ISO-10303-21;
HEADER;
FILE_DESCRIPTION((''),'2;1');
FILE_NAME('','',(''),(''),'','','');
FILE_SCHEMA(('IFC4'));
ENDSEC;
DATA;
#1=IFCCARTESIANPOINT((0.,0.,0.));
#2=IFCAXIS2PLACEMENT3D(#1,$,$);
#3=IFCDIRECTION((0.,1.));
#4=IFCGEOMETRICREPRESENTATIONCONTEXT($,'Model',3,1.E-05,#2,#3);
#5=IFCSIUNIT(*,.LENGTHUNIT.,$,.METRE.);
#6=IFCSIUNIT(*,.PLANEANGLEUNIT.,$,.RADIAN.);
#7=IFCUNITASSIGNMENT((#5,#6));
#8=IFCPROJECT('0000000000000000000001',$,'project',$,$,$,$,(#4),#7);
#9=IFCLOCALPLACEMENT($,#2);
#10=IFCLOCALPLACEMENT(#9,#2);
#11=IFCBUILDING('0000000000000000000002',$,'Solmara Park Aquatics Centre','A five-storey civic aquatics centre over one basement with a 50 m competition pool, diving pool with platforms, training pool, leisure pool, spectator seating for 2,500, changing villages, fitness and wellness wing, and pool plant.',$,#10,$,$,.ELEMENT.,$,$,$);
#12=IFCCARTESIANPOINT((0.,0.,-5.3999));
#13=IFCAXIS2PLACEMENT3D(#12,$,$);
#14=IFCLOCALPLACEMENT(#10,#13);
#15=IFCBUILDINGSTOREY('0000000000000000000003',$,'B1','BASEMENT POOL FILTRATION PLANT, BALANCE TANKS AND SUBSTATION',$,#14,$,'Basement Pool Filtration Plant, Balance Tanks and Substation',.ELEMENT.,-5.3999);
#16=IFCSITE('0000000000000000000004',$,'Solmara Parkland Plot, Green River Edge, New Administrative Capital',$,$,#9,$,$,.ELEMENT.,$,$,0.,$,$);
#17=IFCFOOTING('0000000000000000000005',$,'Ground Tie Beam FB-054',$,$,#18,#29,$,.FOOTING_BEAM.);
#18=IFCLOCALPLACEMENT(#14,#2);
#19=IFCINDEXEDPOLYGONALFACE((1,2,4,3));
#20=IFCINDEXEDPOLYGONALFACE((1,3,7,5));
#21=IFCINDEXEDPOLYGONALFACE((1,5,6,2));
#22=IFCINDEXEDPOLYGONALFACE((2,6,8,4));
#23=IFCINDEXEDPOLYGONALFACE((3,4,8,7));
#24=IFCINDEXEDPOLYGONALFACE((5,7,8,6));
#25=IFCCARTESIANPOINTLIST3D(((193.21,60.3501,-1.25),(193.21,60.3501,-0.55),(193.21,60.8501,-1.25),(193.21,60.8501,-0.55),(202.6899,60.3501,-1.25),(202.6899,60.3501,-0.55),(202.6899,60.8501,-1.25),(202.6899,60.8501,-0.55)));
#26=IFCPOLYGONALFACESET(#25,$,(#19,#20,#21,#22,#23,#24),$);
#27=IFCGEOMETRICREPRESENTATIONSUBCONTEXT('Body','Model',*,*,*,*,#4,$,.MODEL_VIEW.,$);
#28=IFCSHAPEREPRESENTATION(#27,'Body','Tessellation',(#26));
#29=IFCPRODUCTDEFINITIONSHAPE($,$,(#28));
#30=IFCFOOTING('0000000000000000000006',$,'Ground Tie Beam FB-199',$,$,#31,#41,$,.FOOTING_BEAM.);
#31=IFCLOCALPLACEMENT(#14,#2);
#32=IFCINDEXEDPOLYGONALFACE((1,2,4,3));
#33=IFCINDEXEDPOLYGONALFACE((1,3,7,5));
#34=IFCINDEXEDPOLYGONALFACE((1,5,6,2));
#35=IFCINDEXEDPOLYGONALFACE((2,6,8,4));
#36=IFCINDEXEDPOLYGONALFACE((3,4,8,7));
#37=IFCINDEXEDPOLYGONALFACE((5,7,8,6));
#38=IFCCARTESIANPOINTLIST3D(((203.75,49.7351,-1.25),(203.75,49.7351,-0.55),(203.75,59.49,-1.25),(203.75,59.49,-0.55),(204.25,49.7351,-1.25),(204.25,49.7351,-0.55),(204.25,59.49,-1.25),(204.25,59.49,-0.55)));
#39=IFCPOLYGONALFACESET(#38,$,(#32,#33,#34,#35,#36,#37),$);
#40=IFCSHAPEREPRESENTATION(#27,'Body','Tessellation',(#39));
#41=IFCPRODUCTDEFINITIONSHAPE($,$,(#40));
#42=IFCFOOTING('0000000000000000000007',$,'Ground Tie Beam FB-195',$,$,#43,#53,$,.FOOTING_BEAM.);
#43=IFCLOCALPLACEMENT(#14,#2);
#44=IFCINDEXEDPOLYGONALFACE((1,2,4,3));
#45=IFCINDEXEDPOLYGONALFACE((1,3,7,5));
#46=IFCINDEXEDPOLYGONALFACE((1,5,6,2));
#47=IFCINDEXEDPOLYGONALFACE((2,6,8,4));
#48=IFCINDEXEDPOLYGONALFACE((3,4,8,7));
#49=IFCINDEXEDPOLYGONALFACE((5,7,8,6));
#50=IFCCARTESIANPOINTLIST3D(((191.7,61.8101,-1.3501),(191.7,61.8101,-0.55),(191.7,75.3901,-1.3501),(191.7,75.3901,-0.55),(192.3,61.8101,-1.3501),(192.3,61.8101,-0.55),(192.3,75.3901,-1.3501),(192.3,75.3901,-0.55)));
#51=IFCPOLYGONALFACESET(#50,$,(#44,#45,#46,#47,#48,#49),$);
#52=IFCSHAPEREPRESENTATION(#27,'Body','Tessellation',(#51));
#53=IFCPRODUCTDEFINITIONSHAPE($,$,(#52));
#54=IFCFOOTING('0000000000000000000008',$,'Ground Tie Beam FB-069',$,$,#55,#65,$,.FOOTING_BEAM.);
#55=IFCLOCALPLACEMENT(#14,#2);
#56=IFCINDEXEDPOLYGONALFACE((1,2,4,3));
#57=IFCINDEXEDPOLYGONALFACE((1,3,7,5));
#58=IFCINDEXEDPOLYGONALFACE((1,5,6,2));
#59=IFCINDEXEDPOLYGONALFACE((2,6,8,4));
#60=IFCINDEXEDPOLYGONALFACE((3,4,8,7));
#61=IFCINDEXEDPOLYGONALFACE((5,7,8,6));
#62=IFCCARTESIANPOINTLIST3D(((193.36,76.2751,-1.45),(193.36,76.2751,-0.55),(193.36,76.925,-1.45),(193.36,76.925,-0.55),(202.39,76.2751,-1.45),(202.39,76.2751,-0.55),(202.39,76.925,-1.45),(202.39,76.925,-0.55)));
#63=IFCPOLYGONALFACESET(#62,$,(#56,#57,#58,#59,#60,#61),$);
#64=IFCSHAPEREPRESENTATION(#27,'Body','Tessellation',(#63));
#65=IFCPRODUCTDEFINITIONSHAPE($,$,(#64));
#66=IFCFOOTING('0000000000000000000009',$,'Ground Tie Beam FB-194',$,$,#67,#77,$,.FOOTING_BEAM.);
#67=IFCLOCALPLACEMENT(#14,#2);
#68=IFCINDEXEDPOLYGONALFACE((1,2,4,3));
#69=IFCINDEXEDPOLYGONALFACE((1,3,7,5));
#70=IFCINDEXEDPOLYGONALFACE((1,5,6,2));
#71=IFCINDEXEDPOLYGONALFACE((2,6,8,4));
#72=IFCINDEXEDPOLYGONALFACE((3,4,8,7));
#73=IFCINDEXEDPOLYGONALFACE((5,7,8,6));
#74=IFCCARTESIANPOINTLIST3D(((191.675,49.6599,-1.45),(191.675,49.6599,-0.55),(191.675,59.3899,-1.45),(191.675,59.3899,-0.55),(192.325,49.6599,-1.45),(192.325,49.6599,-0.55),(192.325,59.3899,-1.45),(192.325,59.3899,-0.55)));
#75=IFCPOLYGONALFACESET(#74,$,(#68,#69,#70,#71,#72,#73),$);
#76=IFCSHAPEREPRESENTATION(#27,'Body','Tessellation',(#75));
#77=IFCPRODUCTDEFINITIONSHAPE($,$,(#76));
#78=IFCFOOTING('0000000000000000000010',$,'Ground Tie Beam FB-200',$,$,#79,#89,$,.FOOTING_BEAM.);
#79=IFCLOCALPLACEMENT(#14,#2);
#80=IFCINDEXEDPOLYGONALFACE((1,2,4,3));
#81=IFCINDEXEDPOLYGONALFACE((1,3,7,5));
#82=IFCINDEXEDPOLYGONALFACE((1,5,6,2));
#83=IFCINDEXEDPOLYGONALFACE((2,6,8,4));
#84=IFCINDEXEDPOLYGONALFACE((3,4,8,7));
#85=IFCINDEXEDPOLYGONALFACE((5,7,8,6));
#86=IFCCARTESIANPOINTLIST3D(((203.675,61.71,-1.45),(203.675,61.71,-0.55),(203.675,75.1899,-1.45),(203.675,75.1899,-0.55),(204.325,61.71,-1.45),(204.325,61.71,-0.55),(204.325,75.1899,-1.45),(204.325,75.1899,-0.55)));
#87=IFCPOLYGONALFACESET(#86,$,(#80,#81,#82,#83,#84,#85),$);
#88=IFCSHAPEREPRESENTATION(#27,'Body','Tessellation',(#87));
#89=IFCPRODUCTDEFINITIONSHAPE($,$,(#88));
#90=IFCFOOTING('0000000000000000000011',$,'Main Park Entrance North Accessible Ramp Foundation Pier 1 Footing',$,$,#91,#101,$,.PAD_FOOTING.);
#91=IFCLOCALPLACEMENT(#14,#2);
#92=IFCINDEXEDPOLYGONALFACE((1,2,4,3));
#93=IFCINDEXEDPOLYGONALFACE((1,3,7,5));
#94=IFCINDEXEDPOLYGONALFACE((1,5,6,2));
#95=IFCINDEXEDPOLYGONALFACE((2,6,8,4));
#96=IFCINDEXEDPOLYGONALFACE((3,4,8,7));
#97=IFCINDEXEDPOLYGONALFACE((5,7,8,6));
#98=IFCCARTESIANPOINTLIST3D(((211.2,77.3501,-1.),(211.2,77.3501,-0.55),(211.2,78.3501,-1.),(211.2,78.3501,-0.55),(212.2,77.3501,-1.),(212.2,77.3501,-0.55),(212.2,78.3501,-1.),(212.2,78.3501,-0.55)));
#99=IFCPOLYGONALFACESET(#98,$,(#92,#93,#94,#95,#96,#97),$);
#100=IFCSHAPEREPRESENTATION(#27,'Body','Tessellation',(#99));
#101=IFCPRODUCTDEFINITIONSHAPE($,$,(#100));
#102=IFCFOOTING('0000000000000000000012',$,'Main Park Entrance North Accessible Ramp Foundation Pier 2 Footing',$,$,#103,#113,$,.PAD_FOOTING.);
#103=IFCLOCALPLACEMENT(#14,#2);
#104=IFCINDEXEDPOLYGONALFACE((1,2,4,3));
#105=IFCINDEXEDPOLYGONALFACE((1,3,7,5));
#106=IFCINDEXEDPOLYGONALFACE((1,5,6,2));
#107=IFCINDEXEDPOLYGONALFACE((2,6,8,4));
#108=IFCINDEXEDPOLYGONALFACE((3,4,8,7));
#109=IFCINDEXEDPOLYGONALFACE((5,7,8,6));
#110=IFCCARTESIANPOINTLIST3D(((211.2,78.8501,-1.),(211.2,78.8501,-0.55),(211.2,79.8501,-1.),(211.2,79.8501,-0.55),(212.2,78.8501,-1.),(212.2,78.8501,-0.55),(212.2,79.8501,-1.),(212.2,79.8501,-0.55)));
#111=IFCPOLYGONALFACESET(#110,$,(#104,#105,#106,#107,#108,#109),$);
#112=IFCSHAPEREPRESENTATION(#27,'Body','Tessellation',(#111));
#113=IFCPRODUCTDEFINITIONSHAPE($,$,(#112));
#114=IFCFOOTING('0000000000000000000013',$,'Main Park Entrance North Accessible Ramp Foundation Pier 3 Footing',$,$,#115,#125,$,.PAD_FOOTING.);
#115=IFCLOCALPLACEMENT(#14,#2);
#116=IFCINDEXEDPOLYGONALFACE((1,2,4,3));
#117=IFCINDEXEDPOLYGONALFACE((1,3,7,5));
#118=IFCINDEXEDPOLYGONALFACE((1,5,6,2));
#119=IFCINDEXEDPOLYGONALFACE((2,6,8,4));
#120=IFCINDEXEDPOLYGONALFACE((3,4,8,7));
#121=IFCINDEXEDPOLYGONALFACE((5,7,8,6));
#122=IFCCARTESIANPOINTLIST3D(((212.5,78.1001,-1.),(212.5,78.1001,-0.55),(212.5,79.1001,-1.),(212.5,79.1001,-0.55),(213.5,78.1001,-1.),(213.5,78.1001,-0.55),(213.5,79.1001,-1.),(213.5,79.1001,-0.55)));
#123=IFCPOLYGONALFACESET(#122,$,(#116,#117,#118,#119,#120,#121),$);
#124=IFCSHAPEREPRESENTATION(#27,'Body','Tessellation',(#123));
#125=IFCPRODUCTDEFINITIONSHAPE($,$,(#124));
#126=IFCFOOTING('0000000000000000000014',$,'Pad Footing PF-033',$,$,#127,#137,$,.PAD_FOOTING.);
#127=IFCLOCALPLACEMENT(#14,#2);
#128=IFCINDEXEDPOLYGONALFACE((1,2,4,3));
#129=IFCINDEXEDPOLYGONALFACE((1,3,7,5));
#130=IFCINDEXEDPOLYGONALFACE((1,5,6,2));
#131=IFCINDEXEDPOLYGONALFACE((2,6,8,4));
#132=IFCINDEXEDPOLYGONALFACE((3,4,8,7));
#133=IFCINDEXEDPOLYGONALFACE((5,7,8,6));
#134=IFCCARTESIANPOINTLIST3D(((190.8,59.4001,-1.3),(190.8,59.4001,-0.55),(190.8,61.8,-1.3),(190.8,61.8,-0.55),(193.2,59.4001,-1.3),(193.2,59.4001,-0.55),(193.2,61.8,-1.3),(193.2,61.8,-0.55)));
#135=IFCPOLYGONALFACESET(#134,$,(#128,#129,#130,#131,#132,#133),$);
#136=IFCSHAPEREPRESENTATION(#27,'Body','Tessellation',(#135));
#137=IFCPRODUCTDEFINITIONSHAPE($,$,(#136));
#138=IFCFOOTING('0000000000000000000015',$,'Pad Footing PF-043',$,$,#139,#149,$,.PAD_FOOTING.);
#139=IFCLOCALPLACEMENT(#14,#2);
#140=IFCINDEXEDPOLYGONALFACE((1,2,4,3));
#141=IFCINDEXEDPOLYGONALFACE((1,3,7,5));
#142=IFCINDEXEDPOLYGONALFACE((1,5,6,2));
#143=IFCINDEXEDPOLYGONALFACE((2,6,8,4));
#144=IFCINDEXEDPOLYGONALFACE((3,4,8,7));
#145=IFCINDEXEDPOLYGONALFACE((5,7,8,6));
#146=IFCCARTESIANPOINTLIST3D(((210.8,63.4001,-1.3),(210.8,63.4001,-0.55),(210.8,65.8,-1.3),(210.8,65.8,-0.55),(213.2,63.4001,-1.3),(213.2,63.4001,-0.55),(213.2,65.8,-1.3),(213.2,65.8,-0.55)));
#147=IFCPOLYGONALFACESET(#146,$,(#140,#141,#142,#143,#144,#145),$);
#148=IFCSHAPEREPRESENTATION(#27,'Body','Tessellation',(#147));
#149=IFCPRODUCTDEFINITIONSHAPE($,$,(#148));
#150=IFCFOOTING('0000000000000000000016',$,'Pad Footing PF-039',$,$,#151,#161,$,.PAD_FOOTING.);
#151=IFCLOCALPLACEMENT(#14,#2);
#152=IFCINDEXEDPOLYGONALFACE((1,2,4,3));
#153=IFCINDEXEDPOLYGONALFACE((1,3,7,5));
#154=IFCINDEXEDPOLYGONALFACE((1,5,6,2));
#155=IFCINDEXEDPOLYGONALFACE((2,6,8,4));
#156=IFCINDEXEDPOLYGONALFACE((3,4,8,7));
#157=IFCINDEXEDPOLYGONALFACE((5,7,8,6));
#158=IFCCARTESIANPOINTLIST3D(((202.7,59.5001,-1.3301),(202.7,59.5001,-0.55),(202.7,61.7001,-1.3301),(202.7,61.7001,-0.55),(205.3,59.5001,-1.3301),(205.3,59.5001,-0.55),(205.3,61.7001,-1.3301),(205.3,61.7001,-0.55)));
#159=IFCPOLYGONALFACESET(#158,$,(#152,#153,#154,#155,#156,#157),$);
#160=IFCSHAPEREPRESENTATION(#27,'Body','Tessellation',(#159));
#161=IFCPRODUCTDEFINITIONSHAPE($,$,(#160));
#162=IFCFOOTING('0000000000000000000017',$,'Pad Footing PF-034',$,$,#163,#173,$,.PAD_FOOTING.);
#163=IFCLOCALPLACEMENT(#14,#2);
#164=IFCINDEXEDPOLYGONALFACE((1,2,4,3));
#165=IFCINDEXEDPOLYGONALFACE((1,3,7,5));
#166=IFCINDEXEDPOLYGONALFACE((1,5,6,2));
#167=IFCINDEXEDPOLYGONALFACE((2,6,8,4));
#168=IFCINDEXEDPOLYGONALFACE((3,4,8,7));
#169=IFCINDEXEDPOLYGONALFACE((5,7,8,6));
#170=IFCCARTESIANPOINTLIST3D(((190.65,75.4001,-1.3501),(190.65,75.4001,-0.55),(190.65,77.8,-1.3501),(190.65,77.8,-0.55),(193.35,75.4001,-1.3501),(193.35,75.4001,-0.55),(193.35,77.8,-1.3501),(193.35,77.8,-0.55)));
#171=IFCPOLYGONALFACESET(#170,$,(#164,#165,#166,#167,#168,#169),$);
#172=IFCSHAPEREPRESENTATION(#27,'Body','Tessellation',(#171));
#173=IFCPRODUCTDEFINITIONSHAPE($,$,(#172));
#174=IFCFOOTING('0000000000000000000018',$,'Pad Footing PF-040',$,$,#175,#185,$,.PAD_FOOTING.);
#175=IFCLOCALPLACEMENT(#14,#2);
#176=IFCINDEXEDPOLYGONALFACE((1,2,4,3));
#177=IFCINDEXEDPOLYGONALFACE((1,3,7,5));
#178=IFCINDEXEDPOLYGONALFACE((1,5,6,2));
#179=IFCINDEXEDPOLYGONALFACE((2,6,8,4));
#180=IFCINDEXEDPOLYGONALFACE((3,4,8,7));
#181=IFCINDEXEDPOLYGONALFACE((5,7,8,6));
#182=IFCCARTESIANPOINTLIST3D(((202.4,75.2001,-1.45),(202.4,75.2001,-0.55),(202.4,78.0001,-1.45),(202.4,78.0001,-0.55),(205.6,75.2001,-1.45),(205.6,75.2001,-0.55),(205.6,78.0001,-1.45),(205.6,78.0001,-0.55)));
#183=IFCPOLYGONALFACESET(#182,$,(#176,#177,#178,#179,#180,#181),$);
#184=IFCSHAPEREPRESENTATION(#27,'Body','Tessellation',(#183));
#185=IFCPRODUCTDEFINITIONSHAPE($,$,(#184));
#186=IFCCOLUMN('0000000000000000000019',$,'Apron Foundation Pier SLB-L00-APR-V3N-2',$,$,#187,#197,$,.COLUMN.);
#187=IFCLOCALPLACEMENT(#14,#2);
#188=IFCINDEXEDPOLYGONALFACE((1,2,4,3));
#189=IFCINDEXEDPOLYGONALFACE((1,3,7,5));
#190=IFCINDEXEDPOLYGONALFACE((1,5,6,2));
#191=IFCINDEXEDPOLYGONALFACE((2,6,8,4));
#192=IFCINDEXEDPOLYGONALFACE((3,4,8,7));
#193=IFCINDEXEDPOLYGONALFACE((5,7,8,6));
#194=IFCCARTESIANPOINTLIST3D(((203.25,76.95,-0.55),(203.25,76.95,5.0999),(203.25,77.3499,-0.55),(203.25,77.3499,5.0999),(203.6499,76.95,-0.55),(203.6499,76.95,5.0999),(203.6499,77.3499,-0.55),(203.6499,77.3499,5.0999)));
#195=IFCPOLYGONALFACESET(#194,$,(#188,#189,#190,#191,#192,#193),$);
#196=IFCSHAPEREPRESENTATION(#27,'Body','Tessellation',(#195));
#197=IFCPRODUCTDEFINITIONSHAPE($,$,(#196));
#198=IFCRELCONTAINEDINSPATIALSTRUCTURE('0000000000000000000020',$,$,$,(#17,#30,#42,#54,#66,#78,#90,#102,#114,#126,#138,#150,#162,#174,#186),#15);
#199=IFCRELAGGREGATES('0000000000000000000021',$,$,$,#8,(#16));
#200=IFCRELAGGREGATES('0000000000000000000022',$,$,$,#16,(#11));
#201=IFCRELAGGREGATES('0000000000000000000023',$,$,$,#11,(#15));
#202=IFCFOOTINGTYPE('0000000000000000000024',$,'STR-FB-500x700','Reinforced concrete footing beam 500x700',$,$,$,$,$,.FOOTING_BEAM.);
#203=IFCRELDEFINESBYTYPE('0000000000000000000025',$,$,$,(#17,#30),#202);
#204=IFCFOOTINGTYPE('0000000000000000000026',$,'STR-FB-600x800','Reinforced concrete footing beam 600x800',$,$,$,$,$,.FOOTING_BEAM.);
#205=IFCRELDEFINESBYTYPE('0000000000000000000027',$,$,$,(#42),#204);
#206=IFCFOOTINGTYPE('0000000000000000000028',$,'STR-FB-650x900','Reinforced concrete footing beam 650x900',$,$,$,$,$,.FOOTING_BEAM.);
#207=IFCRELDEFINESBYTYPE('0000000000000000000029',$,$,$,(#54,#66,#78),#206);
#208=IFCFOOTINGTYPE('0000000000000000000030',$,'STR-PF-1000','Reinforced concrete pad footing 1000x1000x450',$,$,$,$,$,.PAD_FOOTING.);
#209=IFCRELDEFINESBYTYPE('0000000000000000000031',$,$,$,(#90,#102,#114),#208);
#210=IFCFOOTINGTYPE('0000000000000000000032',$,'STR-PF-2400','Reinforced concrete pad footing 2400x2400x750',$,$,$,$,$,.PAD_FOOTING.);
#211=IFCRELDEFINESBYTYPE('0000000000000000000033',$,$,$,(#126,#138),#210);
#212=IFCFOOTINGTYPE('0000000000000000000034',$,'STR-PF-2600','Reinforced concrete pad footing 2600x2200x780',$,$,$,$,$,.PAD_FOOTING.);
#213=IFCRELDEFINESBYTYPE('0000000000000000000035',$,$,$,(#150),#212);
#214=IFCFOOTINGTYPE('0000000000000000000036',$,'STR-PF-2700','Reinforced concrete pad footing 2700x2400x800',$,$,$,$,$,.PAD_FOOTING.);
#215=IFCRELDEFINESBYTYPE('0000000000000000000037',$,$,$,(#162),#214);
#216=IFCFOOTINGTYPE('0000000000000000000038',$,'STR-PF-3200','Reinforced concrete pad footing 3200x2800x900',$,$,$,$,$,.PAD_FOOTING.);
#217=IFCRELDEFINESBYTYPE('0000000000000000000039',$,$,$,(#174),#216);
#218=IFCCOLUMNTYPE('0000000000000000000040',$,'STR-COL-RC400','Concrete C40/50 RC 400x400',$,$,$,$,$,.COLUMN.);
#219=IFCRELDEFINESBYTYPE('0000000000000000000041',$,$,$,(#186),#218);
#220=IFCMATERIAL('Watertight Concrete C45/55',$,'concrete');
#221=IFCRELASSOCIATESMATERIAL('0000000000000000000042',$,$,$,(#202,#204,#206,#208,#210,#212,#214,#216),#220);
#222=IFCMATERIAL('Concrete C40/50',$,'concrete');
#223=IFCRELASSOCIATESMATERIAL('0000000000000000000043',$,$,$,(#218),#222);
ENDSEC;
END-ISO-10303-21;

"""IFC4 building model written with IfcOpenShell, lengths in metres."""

from ifc_helpers import new_model, si_unit, direction, frame, origin, origin_2d, place, context, subcontext, project, spatial, rectangle, extrude, material, material_profile, profile_set, type_object, element, save


model = new_model("IFC4")

# Units and contexts
model_context = context("Model", 3, precision=1e-05, world=origin(), true_north=direction((0.0, 1.0)))
body_context = subcontext(model_context, "Body", "Model", "MODEL_VIEW")
ifc_project = project(units=[si_unit("LENGTHUNIT", "METRE"), si_unit("PLANEANGLEUNIT", "RADIAN")], contexts=[model_context])

# Site, building, storey
site_placement = place(None, origin())
site = spatial("IfcSite", under=ifc_project, at=site_placement, Name="Solmara Parkland Plot, Green River Edge, New Administrative Capital", CompositionType="ELEMENT", RefElevation=0.0)
building_placement = place(site_placement, origin())
building = spatial("IfcBuilding", under=site, at=building_placement, Name="Solmara Park Aquatics Centre", Description="A five-storey civic aquatics centre over one basement with a 50 m competition pool, diving pool with platforms, training pool, leisure pool, spectator seating for 2,500, changing villages, fitness and wellness wing, and pool plant.", CompositionType="ELEMENT")
storey_placement = place(building_placement, frame((0.0, 0.0, -5.3999)))
storey = spatial("IfcBuildingStorey", under=building, at=storey_placement, Name="B1", Description="BASEMENT POOL FILTRATION PLANT, BALANCE TANKS AND SUBSTATION", LongName="Basement Pool Filtration Plant, Balance Tanks and Substation", CompositionType="ELEMENT", Elevation=-5.3999)

# Footings
ifc_material_1 = material(Name="Watertight Concrete C45/55", Category="concrete")
footing_type_1 = type_object("IfcFootingType", Name="STR-FB-500x700", Description="Reinforced concrete footing beam 500x700", PredefinedType="FOOTING_BEAM", material=ifc_material_1)
footing_1_placement = place(storey_placement, frame((197.95, 60.6001, -1.25), z_axis=(0.0, 0.0, 1.0), x_axis=(1.0, 0.0, 0.0)))
element("IfcFooting", 1, at=footing_1_placement, inside=storey, type_object=footing_type_1, Name="Ground Tie Beam FB-054", PredefinedType="FOOTING_BEAM", context=body_context, shape_type="SweptSolid", body=[
    extrude(rectangle(XDim=9.48, YDim=0.5, at=origin_2d()), origin(), (0.0, 0.0, 1.0), 0.7),
])
footing_2_placement = place(storey_placement, frame((204.0, 54.6125, -1.25), z_axis=(0.0, 0.0, 1.0), x_axis=(1.0, 0.0, 0.0)))
element("IfcFooting", 2, at=footing_2_placement, inside=storey, type_object=footing_type_1, Name="Ground Tie Beam FB-199", PredefinedType="FOOTING_BEAM", context=body_context, shape_type="SweptSolid", body=[
    extrude(rectangle(XDim=0.5, YDim=9.7549, at=origin_2d()), origin(), (0.0, 0.0, 1.0), 0.7),
])
footing_type_2 = type_object("IfcFootingType", Name="STR-FB-600x800", Description="Reinforced concrete footing beam 600x800", PredefinedType="FOOTING_BEAM", material=ifc_material_1)
footing_3_placement = place(storey_placement, frame((192.0, 68.6001, -1.3501), z_axis=(0.0, 0.0, 1.0), x_axis=(1.0, 0.0, 0.0)))
element("IfcFooting", 3, at=footing_3_placement, inside=storey, type_object=footing_type_2, Name="Ground Tie Beam FB-195", PredefinedType="FOOTING_BEAM", context=body_context, shape_type="SweptSolid", body=[
    extrude(rectangle(XDim=0.6001, YDim=13.5801, at=origin_2d()), origin(), (0.0, 0.0, 1.0), 0.8),
])
footing_type_3 = type_object("IfcFootingType", Name="STR-FB-650x900", Description="Reinforced concrete footing beam 650x900", PredefinedType="FOOTING_BEAM", material=ifc_material_1)
footing_4_placement = place(storey_placement, frame((197.875, 76.6001, -1.45), z_axis=(0.0, 0.0, 1.0), x_axis=(1.0, 0.0, 0.0)))
element("IfcFooting", 4, at=footing_4_placement, inside=storey, type_object=footing_type_3, Name="Ground Tie Beam FB-069", PredefinedType="FOOTING_BEAM", context=body_context, shape_type="SweptSolid", body=[
    extrude(rectangle(XDim=9.03, YDim=0.6499, at=origin_2d()), origin(), (0.0, 0.0, 1.0), 0.8999),
])
footing_5_placement = place(storey_placement, frame((192.0, 54.5249, -1.45), z_axis=(0.0, 0.0, 1.0), x_axis=(1.0, 0.0, 0.0)))
element("IfcFooting", 5, at=footing_5_placement, inside=storey, type_object=footing_type_3, Name="Ground Tie Beam FB-194", PredefinedType="FOOTING_BEAM", context=body_context, shape_type="SweptSolid", body=[
    extrude(rectangle(XDim=0.6499, YDim=9.73, at=origin_2d()), origin(), (0.0, 0.0, 1.0), 0.8999),
])
footing_6_placement = place(storey_placement, frame((204.0, 68.45, -1.45), z_axis=(0.0, 0.0, 1.0), x_axis=(1.0, 0.0, 0.0)))
element("IfcFooting", 6, at=footing_6_placement, inside=storey, type_object=footing_type_3, Name="Ground Tie Beam FB-200", PredefinedType="FOOTING_BEAM", context=body_context, shape_type="SweptSolid", body=[
    extrude(rectangle(XDim=0.6499, YDim=13.48, at=origin_2d()), origin(), (0.0, 0.0, 1.0), 0.8999),
])
footing_type_4 = type_object("IfcFootingType", Name="STR-PF-1000", Description="Reinforced concrete pad footing 1000x1000x450", PredefinedType="PAD_FOOTING", material=ifc_material_1)
for number, where, z_axis, x_axis, name in (
    (7, (211.7, 77.8501, -1.0), (0.0, 0.0, 1.0), (1.0, 0.0, 0.0), "Main Park Entrance North Accessible Ramp Foundation Pier 1 Footing"),
    (8, (211.7, 79.3501, -1.0), (0.0, 0.0, 1.0), (1.0, 0.0, 0.0), "Main Park Entrance North Accessible Ramp Foundation Pier 2 Footing"),
    (9, (213.0, 78.6001, -1.0), (0.0, 0.0, 1.0), (1.0, 0.0, 0.0), "Main Park Entrance North Accessible Ramp Foundation Pier 3 Footing"),
):
    element("IfcFooting", number, at=place(storey_placement, frame(where, z_axis=z_axis, x_axis=x_axis)), inside=storey, type_object=footing_type_4, Name=name, PredefinedType="PAD_FOOTING", context=body_context, shape_type="SweptSolid", body=[
        extrude(rectangle(XDim=1.0, YDim=1.0, at=origin_2d()), origin(), (0.0, 0.0, 1.0), 0.45),
    ])
footing_type_5 = type_object("IfcFootingType", Name="STR-PF-2400", Description="Reinforced concrete pad footing 2400x2400x750", PredefinedType="PAD_FOOTING", material=ifc_material_1)
for number, where, z_axis, x_axis, name in (
    (10, (192.0, 60.6001, -1.3), (0.0, 0.0, 1.0), (1.0, 0.0, 0.0), "Pad Footing PF-033"),
    (11, (212.0, 64.6001, -1.3), (0.0, 0.0, 1.0), (1.0, 0.0, 0.0), "Pad Footing PF-043"),
):
    element("IfcFooting", number, at=place(storey_placement, frame(where, z_axis=z_axis, x_axis=x_axis)), inside=storey, type_object=footing_type_5, Name=name, PredefinedType="PAD_FOOTING", context=body_context, shape_type="SweptSolid", body=[
        extrude(rectangle(XDim=2.3999, YDim=2.3999, at=origin_2d()), origin(), (0.0, 0.0, 1.0), 0.75),
    ])
footing_type_6 = type_object("IfcFootingType", Name="STR-PF-2600", Description="Reinforced concrete pad footing 2600x2200x780", PredefinedType="PAD_FOOTING", material=ifc_material_1)
footing_7_placement = place(storey_placement, frame((204.0, 60.6001, -1.3301), z_axis=(0.0, 0.0, 1.0), x_axis=(1.0, 0.0, 0.0)))
element("IfcFooting", 12, at=footing_7_placement, inside=storey, type_object=footing_type_6, Name="Pad Footing PF-039", PredefinedType="PAD_FOOTING", context=body_context, shape_type="SweptSolid", body=[
    extrude(rectangle(XDim=2.6001, YDim=2.2, at=origin_2d()), origin(), (0.0, 0.0, 1.0), 0.78),
])
footing_type_7 = type_object("IfcFootingType", Name="STR-PF-2700", Description="Reinforced concrete pad footing 2700x2400x800", PredefinedType="PAD_FOOTING", material=ifc_material_1)
footing_8_placement = place(storey_placement, frame((192.0, 76.6001, -1.3501), z_axis=(0.0, 0.0, 1.0), x_axis=(1.0, 0.0, 0.0)))
element("IfcFooting", 13, at=footing_8_placement, inside=storey, type_object=footing_type_7, Name="Pad Footing PF-034", PredefinedType="PAD_FOOTING", context=body_context, shape_type="SweptSolid", body=[
    extrude(rectangle(XDim=2.7, YDim=2.3999, at=origin_2d()), origin(), (0.0, 0.0, 1.0), 0.8),
])
footing_type_8 = type_object("IfcFootingType", Name="STR-PF-3200", Description="Reinforced concrete pad footing 3200x2800x900", PredefinedType="PAD_FOOTING", material=ifc_material_1)
footing_9_placement = place(storey_placement, frame((204.0, 76.6001, -1.45), z_axis=(0.0, 0.0, 1.0), x_axis=(1.0, 0.0, 0.0)))
element("IfcFooting", 14, at=footing_9_placement, inside=storey, type_object=footing_type_8, Name="Pad Footing PF-040", PredefinedType="PAD_FOOTING", context=body_context, shape_type="SweptSolid", body=[
    extrude(rectangle(XDim=3.2, YDim=2.8, at=origin_2d()), origin(), (0.0, 0.0, 1.0), 0.8999),
])

# Column
ifc_material_2 = material(Name="Concrete C40/50", Category="concrete")
ifc_material_profile_1 = material_profile(ifc_material_2, rectangle(XDim=0.3999, YDim=0.3999, at=origin_2d()), Name="RC 400x400")
ifc_profile_set_1 = profile_set([ifc_material_profile_1], Name="Concrete C40/50")
column_type_1 = type_object("IfcColumnType", Name="STR-COL-RC400", Description="Concrete C40/50 RC 400x400", PredefinedType="COLUMN", material=ifc_profile_set_1)
column_1_placement = place(storey_placement, frame((203.45, 77.1499, -0.55), z_axis=(0.0, 0.0, 1.0), x_axis=(1.0, 0.0, 0.0)))
element("IfcColumn", 15, at=column_1_placement, inside=storey, type_object=column_type_1, Name="Apron Foundation Pier SLB-L00-APR-V3N-2", PredefinedType="COLUMN", context=body_context, shape_type="SweptSolid", body=[
    extrude(rectangle(XDim=0.3999, YDim=0.3999, at=origin_2d()), origin(), (0.0, 0.0, 1.0), 5.6499),
])

save(model, "model.ifc")
